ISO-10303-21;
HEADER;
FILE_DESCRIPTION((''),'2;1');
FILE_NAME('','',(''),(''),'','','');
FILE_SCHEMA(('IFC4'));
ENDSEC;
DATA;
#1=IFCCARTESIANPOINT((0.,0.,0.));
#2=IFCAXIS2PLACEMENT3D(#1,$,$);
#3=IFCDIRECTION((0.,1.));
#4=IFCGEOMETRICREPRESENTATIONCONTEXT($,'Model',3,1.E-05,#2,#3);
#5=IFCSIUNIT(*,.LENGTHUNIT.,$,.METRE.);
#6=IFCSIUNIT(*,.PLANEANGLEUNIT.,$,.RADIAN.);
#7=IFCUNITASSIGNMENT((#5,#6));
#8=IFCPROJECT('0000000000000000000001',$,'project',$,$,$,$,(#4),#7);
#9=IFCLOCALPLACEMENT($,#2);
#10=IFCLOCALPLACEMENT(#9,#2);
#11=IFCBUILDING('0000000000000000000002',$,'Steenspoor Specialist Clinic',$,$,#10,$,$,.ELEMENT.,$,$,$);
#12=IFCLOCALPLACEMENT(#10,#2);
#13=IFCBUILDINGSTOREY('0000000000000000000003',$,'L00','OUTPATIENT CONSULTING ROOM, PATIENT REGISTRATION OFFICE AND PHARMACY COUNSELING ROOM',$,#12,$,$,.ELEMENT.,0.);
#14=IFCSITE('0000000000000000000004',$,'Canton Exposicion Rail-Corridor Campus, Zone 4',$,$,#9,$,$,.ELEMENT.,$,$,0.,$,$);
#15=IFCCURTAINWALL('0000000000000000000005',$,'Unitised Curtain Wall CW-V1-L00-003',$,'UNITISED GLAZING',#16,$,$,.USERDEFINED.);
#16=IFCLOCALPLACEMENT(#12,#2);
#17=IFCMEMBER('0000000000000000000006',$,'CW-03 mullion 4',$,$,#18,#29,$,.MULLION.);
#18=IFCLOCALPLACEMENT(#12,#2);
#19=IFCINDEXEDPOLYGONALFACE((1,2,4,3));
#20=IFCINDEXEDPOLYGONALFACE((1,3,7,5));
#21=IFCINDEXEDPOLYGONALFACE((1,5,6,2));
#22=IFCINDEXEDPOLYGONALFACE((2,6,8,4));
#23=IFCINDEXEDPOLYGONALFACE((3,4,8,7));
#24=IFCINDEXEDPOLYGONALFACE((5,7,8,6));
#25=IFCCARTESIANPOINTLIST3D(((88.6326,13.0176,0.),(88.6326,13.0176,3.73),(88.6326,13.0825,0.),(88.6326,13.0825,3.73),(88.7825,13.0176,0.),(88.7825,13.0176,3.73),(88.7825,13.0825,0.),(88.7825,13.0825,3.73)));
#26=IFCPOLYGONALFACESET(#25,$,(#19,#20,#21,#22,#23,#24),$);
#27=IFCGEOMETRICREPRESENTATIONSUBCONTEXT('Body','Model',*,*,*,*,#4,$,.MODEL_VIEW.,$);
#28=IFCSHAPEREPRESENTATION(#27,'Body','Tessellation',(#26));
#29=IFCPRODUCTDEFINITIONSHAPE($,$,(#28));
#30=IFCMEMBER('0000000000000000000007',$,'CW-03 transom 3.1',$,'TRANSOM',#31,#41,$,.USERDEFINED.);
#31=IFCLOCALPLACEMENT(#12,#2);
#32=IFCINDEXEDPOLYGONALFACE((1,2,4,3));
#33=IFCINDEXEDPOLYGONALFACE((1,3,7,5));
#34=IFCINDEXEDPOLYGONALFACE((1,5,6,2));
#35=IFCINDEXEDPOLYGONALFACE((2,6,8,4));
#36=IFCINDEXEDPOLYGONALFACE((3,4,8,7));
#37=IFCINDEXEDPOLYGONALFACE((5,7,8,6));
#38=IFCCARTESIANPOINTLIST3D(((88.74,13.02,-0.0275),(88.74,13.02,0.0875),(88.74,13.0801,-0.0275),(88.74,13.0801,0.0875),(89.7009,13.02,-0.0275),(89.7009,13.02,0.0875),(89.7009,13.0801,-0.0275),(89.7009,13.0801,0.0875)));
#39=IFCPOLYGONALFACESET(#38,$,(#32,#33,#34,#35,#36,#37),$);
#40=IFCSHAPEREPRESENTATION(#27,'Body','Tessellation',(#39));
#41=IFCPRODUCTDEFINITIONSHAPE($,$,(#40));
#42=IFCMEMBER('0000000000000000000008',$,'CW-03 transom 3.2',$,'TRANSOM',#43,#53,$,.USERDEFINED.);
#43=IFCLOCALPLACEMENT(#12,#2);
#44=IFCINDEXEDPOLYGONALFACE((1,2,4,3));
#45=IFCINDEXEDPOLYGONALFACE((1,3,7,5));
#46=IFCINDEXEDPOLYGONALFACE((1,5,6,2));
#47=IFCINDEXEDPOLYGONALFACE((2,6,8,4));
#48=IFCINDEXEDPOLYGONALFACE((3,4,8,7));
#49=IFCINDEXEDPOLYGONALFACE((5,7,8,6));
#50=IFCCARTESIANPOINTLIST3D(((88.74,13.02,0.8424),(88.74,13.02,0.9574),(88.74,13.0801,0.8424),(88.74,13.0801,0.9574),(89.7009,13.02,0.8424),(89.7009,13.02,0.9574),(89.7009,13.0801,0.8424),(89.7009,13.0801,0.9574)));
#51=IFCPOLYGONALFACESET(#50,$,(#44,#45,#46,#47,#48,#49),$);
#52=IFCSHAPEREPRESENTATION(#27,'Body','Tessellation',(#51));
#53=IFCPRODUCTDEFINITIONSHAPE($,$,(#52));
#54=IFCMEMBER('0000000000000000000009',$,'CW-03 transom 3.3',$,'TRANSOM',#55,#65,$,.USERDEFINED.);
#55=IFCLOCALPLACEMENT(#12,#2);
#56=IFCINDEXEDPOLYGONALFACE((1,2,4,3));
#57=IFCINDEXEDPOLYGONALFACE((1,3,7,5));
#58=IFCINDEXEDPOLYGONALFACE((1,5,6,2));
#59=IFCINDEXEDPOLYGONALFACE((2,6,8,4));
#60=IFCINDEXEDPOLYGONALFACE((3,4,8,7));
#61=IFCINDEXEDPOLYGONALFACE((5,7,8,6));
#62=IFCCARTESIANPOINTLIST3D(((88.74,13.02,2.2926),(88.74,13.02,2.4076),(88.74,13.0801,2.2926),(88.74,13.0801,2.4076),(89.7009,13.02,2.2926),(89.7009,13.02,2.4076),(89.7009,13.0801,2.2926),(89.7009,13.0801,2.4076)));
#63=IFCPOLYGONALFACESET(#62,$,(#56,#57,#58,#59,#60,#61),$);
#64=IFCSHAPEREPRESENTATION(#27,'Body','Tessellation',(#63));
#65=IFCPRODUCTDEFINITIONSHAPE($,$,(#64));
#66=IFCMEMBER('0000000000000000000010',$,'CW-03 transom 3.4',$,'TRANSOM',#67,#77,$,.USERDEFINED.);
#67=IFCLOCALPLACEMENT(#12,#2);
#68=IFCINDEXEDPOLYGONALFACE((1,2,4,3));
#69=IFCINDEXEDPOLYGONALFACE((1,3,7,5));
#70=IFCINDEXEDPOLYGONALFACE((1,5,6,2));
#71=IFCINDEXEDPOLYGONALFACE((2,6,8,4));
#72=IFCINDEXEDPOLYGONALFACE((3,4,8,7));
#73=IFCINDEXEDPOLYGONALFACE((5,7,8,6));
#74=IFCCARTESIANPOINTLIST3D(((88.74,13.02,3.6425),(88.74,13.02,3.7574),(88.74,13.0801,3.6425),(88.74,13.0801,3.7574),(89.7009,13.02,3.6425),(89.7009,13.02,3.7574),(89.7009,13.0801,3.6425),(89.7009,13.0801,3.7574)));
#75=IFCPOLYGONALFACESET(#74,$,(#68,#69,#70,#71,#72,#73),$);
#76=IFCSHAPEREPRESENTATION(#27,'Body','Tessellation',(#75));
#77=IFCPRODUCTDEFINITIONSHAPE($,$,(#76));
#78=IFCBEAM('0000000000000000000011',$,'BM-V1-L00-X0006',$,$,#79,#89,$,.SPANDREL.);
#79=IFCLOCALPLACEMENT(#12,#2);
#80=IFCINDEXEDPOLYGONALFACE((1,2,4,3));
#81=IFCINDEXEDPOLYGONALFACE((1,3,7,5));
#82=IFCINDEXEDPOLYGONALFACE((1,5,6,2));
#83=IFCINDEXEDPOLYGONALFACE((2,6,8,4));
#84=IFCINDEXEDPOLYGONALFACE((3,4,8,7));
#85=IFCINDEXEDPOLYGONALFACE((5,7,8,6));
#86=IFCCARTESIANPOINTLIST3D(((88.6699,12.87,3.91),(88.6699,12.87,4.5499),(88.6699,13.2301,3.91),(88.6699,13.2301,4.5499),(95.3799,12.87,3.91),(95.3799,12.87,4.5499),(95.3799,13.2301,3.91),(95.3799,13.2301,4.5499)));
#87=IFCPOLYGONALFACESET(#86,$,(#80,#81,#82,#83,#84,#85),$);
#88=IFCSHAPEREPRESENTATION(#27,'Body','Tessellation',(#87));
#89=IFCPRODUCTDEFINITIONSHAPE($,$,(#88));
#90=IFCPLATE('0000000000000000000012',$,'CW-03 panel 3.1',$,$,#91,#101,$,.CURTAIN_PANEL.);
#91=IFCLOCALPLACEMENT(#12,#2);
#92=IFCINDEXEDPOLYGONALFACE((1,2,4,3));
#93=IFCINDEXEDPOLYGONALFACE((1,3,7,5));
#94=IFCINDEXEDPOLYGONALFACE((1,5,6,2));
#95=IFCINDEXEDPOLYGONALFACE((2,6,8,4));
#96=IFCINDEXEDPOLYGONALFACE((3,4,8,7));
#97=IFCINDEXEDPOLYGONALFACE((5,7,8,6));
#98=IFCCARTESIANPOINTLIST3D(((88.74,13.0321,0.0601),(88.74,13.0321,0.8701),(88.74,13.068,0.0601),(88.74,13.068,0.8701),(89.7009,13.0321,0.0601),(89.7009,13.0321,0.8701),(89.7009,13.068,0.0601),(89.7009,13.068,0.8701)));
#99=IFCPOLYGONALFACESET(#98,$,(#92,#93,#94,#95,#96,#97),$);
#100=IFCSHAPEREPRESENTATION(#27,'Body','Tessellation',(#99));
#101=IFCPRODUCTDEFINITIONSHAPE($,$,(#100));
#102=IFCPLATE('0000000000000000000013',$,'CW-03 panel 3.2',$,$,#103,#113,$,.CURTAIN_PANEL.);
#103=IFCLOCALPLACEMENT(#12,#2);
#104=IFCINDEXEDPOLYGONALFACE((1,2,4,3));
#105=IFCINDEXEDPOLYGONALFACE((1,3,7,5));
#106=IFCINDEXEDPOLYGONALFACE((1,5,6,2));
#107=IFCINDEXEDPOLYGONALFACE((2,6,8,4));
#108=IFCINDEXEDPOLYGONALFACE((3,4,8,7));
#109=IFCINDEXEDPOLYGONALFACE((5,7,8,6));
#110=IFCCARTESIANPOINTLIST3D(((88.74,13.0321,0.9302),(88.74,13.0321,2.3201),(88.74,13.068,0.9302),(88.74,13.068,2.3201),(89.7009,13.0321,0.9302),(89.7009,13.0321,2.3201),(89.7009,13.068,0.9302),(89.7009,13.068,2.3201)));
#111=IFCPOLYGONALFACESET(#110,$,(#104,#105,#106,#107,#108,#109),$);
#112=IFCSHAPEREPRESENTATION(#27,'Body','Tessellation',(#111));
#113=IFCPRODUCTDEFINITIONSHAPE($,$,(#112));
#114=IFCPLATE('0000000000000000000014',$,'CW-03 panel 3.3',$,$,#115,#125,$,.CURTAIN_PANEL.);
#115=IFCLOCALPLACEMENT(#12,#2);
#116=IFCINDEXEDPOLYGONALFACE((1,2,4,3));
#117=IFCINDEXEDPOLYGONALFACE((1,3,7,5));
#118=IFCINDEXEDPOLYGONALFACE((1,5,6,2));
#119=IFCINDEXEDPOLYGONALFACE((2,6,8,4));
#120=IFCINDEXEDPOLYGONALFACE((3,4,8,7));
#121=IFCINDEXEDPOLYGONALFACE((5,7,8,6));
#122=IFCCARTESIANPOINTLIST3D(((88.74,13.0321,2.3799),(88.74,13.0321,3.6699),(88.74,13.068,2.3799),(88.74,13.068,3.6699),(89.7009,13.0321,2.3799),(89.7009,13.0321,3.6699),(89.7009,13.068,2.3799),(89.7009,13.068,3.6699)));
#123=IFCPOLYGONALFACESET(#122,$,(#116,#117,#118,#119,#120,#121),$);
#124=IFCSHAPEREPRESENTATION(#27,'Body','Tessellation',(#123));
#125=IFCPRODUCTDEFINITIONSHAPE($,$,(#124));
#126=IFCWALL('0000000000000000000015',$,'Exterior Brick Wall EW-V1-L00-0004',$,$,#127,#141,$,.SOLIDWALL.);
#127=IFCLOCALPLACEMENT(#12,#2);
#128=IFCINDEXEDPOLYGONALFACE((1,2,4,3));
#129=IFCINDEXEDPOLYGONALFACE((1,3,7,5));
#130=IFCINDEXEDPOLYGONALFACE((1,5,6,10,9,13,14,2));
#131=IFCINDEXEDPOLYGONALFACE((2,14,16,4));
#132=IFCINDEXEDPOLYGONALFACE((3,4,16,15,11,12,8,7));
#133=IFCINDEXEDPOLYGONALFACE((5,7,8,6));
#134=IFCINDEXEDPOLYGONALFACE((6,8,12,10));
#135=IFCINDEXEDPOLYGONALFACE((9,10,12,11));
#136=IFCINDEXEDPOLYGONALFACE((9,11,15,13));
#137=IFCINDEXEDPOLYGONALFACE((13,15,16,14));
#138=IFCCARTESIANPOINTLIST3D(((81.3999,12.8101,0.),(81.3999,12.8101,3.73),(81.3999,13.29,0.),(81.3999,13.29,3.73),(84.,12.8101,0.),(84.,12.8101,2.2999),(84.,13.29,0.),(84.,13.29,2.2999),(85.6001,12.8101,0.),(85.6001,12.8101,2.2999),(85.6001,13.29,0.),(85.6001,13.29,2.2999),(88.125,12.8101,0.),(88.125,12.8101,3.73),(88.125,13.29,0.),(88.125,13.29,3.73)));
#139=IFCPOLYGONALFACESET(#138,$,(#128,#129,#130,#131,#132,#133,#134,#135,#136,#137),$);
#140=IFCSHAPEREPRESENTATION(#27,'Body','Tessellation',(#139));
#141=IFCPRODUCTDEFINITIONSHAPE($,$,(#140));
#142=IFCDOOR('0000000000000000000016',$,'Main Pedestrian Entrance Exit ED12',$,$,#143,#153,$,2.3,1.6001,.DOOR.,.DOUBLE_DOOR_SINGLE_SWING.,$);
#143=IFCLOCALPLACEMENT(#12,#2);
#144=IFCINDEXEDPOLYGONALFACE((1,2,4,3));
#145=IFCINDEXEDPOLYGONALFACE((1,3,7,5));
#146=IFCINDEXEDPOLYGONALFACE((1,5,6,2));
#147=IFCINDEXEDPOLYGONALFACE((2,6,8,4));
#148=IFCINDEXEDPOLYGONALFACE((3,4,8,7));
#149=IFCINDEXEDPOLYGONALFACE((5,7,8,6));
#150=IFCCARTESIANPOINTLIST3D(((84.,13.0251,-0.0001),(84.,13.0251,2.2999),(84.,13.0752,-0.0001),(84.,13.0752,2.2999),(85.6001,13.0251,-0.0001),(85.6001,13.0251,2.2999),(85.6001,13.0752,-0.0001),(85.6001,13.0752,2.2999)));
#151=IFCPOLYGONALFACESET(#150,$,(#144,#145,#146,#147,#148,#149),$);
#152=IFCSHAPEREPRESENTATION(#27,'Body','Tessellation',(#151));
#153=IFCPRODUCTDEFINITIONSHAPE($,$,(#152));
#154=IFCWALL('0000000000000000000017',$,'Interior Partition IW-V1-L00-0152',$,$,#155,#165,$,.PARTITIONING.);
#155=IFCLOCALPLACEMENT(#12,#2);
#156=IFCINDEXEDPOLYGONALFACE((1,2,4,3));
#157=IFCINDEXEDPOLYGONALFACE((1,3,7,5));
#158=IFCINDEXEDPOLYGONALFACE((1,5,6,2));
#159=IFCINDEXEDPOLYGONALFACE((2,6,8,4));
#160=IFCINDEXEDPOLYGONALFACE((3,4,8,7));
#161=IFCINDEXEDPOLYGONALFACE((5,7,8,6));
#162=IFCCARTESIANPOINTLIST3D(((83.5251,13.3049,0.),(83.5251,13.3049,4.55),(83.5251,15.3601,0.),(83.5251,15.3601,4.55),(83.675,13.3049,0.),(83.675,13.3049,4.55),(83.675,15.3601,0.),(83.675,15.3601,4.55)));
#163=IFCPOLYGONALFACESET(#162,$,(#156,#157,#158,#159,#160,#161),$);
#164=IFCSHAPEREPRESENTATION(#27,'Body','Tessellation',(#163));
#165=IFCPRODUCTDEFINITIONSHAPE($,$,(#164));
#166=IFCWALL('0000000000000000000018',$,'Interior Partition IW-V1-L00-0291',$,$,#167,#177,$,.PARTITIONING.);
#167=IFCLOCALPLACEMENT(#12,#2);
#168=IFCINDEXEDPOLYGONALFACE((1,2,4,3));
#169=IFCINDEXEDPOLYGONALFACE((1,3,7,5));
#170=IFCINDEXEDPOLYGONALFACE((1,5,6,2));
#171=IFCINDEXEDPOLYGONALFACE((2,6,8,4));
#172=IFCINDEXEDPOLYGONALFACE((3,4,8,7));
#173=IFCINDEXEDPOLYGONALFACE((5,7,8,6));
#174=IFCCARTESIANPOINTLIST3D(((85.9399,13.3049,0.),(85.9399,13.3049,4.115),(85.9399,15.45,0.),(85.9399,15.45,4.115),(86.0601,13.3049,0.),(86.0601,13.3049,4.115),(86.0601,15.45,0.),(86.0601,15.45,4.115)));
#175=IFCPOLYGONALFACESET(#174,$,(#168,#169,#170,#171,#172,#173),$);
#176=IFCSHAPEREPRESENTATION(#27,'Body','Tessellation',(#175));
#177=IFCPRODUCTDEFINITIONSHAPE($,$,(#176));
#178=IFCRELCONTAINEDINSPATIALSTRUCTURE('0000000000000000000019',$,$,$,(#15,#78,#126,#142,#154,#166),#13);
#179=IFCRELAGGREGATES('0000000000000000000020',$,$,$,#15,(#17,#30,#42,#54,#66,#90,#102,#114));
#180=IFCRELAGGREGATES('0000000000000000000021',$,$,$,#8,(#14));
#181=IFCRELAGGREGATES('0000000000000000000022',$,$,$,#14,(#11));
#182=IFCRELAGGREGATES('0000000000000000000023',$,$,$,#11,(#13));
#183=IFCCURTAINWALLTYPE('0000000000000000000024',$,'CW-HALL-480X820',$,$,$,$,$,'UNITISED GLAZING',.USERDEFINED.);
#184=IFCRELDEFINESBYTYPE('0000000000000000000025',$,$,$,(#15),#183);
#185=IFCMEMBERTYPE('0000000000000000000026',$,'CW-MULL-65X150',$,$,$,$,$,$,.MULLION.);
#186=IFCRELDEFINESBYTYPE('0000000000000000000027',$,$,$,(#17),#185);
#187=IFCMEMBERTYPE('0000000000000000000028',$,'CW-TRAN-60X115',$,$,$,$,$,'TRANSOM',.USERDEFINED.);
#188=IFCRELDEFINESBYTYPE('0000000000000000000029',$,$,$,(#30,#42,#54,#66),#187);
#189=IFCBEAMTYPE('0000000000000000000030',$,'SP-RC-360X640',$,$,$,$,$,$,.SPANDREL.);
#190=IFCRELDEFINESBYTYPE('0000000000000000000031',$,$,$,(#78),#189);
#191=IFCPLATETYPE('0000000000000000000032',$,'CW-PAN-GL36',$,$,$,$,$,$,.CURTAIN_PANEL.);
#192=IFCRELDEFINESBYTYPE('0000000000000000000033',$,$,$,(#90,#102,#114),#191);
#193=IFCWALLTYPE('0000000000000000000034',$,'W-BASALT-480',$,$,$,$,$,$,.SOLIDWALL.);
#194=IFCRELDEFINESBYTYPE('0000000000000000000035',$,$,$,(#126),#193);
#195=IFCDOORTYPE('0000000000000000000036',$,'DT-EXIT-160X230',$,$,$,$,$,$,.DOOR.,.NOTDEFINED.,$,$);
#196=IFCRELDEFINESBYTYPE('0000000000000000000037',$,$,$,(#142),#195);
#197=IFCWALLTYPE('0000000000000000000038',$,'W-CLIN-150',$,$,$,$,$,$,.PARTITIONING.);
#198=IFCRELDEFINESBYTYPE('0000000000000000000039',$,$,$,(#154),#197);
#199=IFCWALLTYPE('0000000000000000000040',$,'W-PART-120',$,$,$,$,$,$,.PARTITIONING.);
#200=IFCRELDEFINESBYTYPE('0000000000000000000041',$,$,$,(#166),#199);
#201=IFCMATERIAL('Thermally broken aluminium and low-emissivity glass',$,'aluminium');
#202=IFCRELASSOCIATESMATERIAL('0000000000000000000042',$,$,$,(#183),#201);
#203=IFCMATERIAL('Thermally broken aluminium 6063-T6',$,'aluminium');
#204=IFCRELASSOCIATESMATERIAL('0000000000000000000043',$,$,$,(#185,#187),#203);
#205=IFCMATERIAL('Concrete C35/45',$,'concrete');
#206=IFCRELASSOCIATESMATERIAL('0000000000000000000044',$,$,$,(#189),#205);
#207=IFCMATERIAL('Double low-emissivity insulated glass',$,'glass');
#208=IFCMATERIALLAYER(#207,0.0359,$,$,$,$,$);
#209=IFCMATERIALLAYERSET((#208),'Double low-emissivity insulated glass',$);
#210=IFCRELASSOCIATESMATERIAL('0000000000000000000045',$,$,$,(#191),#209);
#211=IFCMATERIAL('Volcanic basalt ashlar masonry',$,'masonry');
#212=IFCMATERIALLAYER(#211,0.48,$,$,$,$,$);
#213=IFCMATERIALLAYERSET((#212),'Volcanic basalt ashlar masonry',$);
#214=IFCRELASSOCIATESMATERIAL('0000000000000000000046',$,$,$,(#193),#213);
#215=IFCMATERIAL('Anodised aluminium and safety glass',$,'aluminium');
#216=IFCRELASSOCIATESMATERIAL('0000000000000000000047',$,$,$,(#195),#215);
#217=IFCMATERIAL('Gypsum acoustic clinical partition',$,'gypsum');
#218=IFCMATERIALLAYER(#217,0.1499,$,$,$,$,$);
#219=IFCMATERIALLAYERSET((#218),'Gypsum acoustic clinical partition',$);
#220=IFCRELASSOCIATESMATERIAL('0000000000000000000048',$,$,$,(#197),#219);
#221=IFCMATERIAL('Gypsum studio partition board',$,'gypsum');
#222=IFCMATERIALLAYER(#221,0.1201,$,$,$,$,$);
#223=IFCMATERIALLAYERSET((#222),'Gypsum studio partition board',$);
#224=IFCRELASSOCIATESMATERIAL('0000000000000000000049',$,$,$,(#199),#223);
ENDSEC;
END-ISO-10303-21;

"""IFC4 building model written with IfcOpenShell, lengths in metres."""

from ifc_helpers import new_model, si_unit, direction, frame, frame_2d, origin, origin_2d, place, context, subcontext, project, spatial, rectangle, extrude, material, layer, layer_set, material_profile, profile_set, type_object, element, fill, aggregate, save


model = new_model("IFC4")

# Units and contexts
model_context = context("Model", 3, precision=1e-05, world=origin(), true_north=direction((0.0, 1.0)))
body_context = subcontext(model_context, "Body", "Model", "MODEL_VIEW")
ifc_project = project(units=[si_unit("LENGTHUNIT", "METRE"), si_unit("PLANEANGLEUNIT", "RADIAN")], contexts=[model_context])

# Site, building, storey
site_placement = place(None, origin())
site = spatial("IfcSite", under=ifc_project, at=site_placement, Name="Canton Exposicion Rail-Corridor Campus, Zone 4", CompositionType="ELEMENT", RefElevation=0.0)
building_placement = place(site_placement, origin())
building = spatial("IfcBuilding", under=site, at=building_placement, Name="Steenspoor Specialist Clinic", CompositionType="ELEMENT")
storey_placement = place(building_placement, origin())
storey = spatial("IfcBuildingStorey", under=building, at=storey_placement, Name="L00", Description="OUTPATIENT CONSULTING ROOM, PATIENT REGISTRATION OFFICE AND PHARMACY COUNSELING ROOM", CompositionType="ELEMENT", Elevation=0.0)

# Shared definitions
ifc_material_1 = material(Name="Concrete C35/45", Category="concrete")

# Curtain wall, members
ifc_material_2 = material(Name="Thermally broken aluminium and low-emissivity glass", Category="aluminium")
curtain_wall_type = type_object("IfcCurtainWallType", Name="CW-HALL-480X820", ElementType="UNITISED GLAZING", PredefinedType="USERDEFINED", material=ifc_material_2)
curtain_wall_placement = place(storey_placement, origin())
curtain_wall = element("IfcCurtainWall", 1, at=curtain_wall_placement, inside=storey, type_object=curtain_wall_type, Name="Unitised Curtain Wall CW-V1-L00-003", ObjectType="UNITISED GLAZING", PredefinedType="USERDEFINED")
ifc_material_3 = material(Name="Thermally broken aluminium 6063-T6", Category="aluminium")
ifc_material_profile_1 = material_profile(ifc_material_3, rectangle(XDim=0.0649, YDim=0.1499, at=origin_2d()), Name="CWM-65X150")
ifc_profile_set_1 = profile_set([ifc_material_profile_1], Name="Thermally broken aluminium 6063-T6")
member_type_1 = type_object("IfcMemberType", Name="CW-MULL-65X150", PredefinedType="MULLION", material=ifc_profile_set_1)
member_1_placement = place(storey_placement, frame((88.7075, 13.05, 0.0), z_axis=(0.0, 0.0, 1.0), x_axis=(0.0, -1.0, 0.0)))
member_1 = element("IfcMember", 2, at=member_1_placement, type_object=member_type_1, Name="CW-03 mullion 4", PredefinedType="MULLION", context=body_context, shape_type="SweptSolid", body=[
    extrude(rectangle(XDim=0.0649, YDim=0.1499, at=origin_2d()), origin(), (0.0, 0.0, 1.0), 3.73),
])
ifc_material_profile_2 = material_profile(ifc_material_3, rectangle(XDim=0.0601, YDim=0.115, at=origin_2d()), Name="CWT-60X115")
ifc_profile_set_2 = profile_set([ifc_material_profile_2], Name="Thermally broken aluminium 6063-T6")
member_type_2 = type_object("IfcMemberType", Name="CW-TRAN-60X115", ElementType="TRANSOM", PredefinedType="USERDEFINED", material=ifc_profile_set_2)
member_2_placement = place(storey_placement, frame((89.7009, 13.05, 0.03), z_axis=(-1.0, 0.0, 0.0), x_axis=(0.0, -1.0, 0.0)))
member_2 = element("IfcMember", 3, at=member_2_placement, type_object=member_type_2, Name="CW-03 transom 3.1", ObjectType="TRANSOM", PredefinedType="USERDEFINED", context=body_context, shape_type="SweptSolid", body=[
    extrude(rectangle(XDim=0.0601, YDim=0.115, at=origin_2d()), origin(), (0.0, 0.0, 1.0), 0.9609),
])
member_3_placement = place(storey_placement, frame((89.7009, 13.05, 0.8999), z_axis=(-1.0, 0.0, 0.0), x_axis=(0.0, -1.0, 0.0)))
member_3 = element("IfcMember", 4, at=member_3_placement, type_object=member_type_2, Name="CW-03 transom 3.2", ObjectType="TRANSOM", PredefinedType="USERDEFINED", context=body_context, shape_type="SweptSolid", body=[
    extrude(rectangle(XDim=0.0601, YDim=0.115, at=origin_2d()), origin(), (0.0, 0.0, 1.0), 0.9609),
])
member_4_placement = place(storey_placement, frame((89.7009, 13.05, 2.3501), z_axis=(-1.0, 0.0, 0.0), x_axis=(0.0, -1.0, 0.0)))
member_4 = element("IfcMember", 5, at=member_4_placement, type_object=member_type_2, Name="CW-03 transom 3.3", ObjectType="TRANSOM", PredefinedType="USERDEFINED", context=body_context, shape_type="SweptSolid", body=[
    extrude(rectangle(XDim=0.0601, YDim=0.115, at=origin_2d()), origin(), (0.0, 0.0, 1.0), 0.9609),
])
member_5_placement = place(storey_placement, frame((89.7009, 13.05, 3.7), z_axis=(-1.0, 0.0, 0.0), x_axis=(0.0, -1.0, 0.0)))
member_5 = element("IfcMember", 6, at=member_5_placement, type_object=member_type_2, Name="CW-03 transom 3.4", ObjectType="TRANSOM", PredefinedType="USERDEFINED", context=body_context, shape_type="SweptSolid", body=[
    extrude(rectangle(XDim=0.0601, YDim=0.115, at=origin_2d()), origin(), (0.0, 0.0, 1.0), 0.9609),
])

# Beam
ifc_material_profile_3 = material_profile(ifc_material_1, rectangle(XDim=0.3601, YDim=0.6399, at=origin_2d()), Name="RC-SP-360X640")
ifc_profile_set_3 = profile_set([ifc_material_profile_3], Name="Concrete C35/45")
beam_type_1 = type_object("IfcBeamType", Name="SP-RC-360X640", PredefinedType="SPANDREL", material=ifc_profile_set_3)
beam_1_placement = place(storey_placement, frame((88.6699, 13.05, 4.23), z_axis=(1.0, 0.0, 0.0), x_axis=(0.0, 1.0, 0.0)))
element("IfcBeam", 7, at=beam_1_placement, inside=storey, type_object=beam_type_1, Name="BM-V1-L00-X0006", PredefinedType="SPANDREL", context=body_context, shape_type="SweptSolid", body=[
    extrude(rectangle(XDim=0.3601, YDim=0.6399, at=origin_2d()), origin(), (0.0, 0.0, 1.0), 6.71),
])

# Plates
ifc_material_4 = material(Name="Double low-emissivity insulated glass", Category="glass")
ifc_layer_1 = layer(ifc_material_4, 0.0359)
ifc_layer_set_1 = layer_set([ifc_layer_1], Name="Double low-emissivity insulated glass")
plate_type = type_object("IfcPlateType", Name="CW-PAN-GL36", PredefinedType="CURTAIN_PANEL", material=ifc_layer_set_1)
plate_1_placement = place(storey_placement, frame((89.2205, 13.05, 0.0601), z_axis=(0.0, 0.0, 1.0), x_axis=(-1.0, 0.0, 0.0)))
plate_1 = element("IfcPlate", 8, at=plate_1_placement, type_object=plate_type, Name="CW-03 panel 3.1", PredefinedType="CURTAIN_PANEL", context=body_context, shape_type="SweptSolid", body=[
    extrude(rectangle(XDim=0.9609, YDim=0.0359, at=origin_2d()), origin(), (0.0, 0.0, 1.0), 0.8101),
])
plate_2_placement = place(storey_placement, frame((89.2205, 13.05, 0.9302), z_axis=(0.0, 0.0, 1.0), x_axis=(-1.0, 0.0, 0.0)))
plate_2 = element("IfcPlate", 9, at=plate_2_placement, type_object=plate_type, Name="CW-03 panel 3.2", PredefinedType="CURTAIN_PANEL", context=body_context, shape_type="SweptSolid", body=[
    extrude(rectangle(XDim=0.9609, YDim=0.0359, at=origin_2d()), origin(), (0.0, 0.0, 1.0), 1.3899),
])
plate_3_placement = place(storey_placement, frame((89.2205, 13.05, 2.3799), z_axis=(0.0, 0.0, 1.0), x_axis=(-1.0, 0.0, 0.0)))
plate_3 = element("IfcPlate", 10, at=plate_3_placement, type_object=plate_type, Name="CW-03 panel 3.3", PredefinedType="CURTAIN_PANEL", context=body_context, shape_type="SweptSolid", body=[
    extrude(rectangle(XDim=0.9609, YDim=0.0359, at=origin_2d()), origin(), (0.0, 0.0, 1.0), 1.29),
])
aggregate(curtain_wall, [member_1, member_2, member_3, member_4, member_5, plate_1, plate_2, plate_3])

# Wall, opening, door
ifc_material_5 = material(Name="Volcanic basalt ashlar masonry", Category="masonry")
ifc_layer_2 = layer(ifc_material_5, 0.48)
ifc_layer_set_2 = layer_set([ifc_layer_2], Name="Volcanic basalt ashlar masonry")
wall_type_1 = type_object("IfcWallType", Name="W-BASALT-480", PredefinedType="SOLIDWALL", material=ifc_layer_set_2)
wall_1_placement = place(storey_placement, frame((88.125, 13.05, 0.0), z_axis=(0.0, 0.0, 1.0), x_axis=(-1.0, 0.0, 0.0)))
wall_1 = element("IfcWall", 11, at=wall_1_placement, inside=storey, type_object=wall_type_1, Name="Exterior Brick Wall EW-V1-L00-0004", PredefinedType="SOLIDWALL", context=body_context, shape_type="SweptSolid", body=[
    extrude(rectangle(XDim=6.7251, YDim=0.48, at=frame_2d((3.3625, 0.0))), origin(), (0.0, 0.0, 1.0), 3.73),
])
opening_placement = place(wall_1_placement, frame((2.5249, 0.0, 0.0)))
opening = element("IfcOpeningElement", 12, at=opening_placement, cuts=wall_1, PredefinedType="OPENING", context=body_context, shape_type="SweptSolid", body=[
    extrude(rectangle(XDim=1.6001, YDim=2.3, at=frame_2d((0.8, 1.1499))), frame((0.0, 0.25, 0.0), z_axis=(0.0, -1.0, 0.0), x_axis=(1.0, 0.0, 0.0)), (0.0, 0.0, 1.0), 0.5),
])
ifc_material_6 = material(Name="Anodised aluminium and safety glass", Category="aluminium")
door_type = type_object("IfcDoorType", Name="DT-EXIT-160X230", OperationType="NOTDEFINED", PredefinedType="DOOR", material=ifc_material_6)
door_placement = place(opening_placement, origin())
door = element("IfcDoor", 13, at=door_placement, inside=storey, type_object=door_type, Name="Main Pedestrian Entrance Exit ED12", OperationType="DOUBLE_DOOR_SINGLE_SWING", OverallHeight=2.3, OverallWidth=1.6001, PredefinedType="DOOR", context=body_context, shape_type="SweptSolid", body=[
    extrude(rectangle(XDim=1.6001, YDim=2.3, at=frame_2d((0.8, 1.1499))), frame((0.0, 0.0249, 0.0), z_axis=(0.0, -1.0, 0.0), x_axis=(1.0, 0.0, 0.0)), (0.0, 0.0, 1.0), 0.05),
])
fill(opening, door)

# Walls
ifc_material_7 = material(Name="Gypsum acoustic clinical partition", Category="gypsum")
ifc_layer_3 = layer(ifc_material_7, 0.1499)
ifc_layer_set_3 = layer_set([ifc_layer_3], Name="Gypsum acoustic clinical partition")
wall_type_2 = type_object("IfcWallType", Name="W-CLIN-150", PredefinedType="PARTITIONING", material=ifc_layer_set_3)
wall_2_placement = place(storey_placement, frame((83.6001, 13.3049, 0.0), z_axis=(0.0, 0.0, 1.0), x_axis=(0.0, 1.0, 0.0)))
element("IfcWall", 14, at=wall_2_placement, inside=storey, type_object=wall_type_2, Name="Interior Partition IW-V1-L00-0152", PredefinedType="PARTITIONING", context=body_context, shape_type="SweptSolid", body=[
    extrude(rectangle(XDim=2.0552, YDim=0.1499, at=frame_2d((1.0276, 0.0))), origin(), (0.0, 0.0, 1.0), 4.55),
])
ifc_material_8 = material(Name="Gypsum studio partition board", Category="gypsum")
ifc_layer_4 = layer(ifc_material_8, 0.1201)
ifc_layer_set_4 = layer_set([ifc_layer_4], Name="Gypsum studio partition board")
wall_type_3 = type_object("IfcWallType", Name="W-PART-120", PredefinedType="PARTITIONING", material=ifc_layer_set_4)
wall_3_placement = place(storey_placement, frame((86.0, 13.3049, 0.0), z_axis=(0.0, 0.0, 1.0), x_axis=(0.0, 1.0, 0.0)))
element("IfcWall", 15, at=wall_3_placement, inside=storey, type_object=wall_type_3, Name="Interior Partition IW-V1-L00-0291", PredefinedType="PARTITIONING", context=body_context, shape_type="SweptSolid", body=[
    extrude(rectangle(XDim=2.145, YDim=0.1201, at=frame_2d((1.0725, 0.0))), origin(), (0.0, 0.0, 1.0), 4.115),
])

save(model, "model.ifc")
